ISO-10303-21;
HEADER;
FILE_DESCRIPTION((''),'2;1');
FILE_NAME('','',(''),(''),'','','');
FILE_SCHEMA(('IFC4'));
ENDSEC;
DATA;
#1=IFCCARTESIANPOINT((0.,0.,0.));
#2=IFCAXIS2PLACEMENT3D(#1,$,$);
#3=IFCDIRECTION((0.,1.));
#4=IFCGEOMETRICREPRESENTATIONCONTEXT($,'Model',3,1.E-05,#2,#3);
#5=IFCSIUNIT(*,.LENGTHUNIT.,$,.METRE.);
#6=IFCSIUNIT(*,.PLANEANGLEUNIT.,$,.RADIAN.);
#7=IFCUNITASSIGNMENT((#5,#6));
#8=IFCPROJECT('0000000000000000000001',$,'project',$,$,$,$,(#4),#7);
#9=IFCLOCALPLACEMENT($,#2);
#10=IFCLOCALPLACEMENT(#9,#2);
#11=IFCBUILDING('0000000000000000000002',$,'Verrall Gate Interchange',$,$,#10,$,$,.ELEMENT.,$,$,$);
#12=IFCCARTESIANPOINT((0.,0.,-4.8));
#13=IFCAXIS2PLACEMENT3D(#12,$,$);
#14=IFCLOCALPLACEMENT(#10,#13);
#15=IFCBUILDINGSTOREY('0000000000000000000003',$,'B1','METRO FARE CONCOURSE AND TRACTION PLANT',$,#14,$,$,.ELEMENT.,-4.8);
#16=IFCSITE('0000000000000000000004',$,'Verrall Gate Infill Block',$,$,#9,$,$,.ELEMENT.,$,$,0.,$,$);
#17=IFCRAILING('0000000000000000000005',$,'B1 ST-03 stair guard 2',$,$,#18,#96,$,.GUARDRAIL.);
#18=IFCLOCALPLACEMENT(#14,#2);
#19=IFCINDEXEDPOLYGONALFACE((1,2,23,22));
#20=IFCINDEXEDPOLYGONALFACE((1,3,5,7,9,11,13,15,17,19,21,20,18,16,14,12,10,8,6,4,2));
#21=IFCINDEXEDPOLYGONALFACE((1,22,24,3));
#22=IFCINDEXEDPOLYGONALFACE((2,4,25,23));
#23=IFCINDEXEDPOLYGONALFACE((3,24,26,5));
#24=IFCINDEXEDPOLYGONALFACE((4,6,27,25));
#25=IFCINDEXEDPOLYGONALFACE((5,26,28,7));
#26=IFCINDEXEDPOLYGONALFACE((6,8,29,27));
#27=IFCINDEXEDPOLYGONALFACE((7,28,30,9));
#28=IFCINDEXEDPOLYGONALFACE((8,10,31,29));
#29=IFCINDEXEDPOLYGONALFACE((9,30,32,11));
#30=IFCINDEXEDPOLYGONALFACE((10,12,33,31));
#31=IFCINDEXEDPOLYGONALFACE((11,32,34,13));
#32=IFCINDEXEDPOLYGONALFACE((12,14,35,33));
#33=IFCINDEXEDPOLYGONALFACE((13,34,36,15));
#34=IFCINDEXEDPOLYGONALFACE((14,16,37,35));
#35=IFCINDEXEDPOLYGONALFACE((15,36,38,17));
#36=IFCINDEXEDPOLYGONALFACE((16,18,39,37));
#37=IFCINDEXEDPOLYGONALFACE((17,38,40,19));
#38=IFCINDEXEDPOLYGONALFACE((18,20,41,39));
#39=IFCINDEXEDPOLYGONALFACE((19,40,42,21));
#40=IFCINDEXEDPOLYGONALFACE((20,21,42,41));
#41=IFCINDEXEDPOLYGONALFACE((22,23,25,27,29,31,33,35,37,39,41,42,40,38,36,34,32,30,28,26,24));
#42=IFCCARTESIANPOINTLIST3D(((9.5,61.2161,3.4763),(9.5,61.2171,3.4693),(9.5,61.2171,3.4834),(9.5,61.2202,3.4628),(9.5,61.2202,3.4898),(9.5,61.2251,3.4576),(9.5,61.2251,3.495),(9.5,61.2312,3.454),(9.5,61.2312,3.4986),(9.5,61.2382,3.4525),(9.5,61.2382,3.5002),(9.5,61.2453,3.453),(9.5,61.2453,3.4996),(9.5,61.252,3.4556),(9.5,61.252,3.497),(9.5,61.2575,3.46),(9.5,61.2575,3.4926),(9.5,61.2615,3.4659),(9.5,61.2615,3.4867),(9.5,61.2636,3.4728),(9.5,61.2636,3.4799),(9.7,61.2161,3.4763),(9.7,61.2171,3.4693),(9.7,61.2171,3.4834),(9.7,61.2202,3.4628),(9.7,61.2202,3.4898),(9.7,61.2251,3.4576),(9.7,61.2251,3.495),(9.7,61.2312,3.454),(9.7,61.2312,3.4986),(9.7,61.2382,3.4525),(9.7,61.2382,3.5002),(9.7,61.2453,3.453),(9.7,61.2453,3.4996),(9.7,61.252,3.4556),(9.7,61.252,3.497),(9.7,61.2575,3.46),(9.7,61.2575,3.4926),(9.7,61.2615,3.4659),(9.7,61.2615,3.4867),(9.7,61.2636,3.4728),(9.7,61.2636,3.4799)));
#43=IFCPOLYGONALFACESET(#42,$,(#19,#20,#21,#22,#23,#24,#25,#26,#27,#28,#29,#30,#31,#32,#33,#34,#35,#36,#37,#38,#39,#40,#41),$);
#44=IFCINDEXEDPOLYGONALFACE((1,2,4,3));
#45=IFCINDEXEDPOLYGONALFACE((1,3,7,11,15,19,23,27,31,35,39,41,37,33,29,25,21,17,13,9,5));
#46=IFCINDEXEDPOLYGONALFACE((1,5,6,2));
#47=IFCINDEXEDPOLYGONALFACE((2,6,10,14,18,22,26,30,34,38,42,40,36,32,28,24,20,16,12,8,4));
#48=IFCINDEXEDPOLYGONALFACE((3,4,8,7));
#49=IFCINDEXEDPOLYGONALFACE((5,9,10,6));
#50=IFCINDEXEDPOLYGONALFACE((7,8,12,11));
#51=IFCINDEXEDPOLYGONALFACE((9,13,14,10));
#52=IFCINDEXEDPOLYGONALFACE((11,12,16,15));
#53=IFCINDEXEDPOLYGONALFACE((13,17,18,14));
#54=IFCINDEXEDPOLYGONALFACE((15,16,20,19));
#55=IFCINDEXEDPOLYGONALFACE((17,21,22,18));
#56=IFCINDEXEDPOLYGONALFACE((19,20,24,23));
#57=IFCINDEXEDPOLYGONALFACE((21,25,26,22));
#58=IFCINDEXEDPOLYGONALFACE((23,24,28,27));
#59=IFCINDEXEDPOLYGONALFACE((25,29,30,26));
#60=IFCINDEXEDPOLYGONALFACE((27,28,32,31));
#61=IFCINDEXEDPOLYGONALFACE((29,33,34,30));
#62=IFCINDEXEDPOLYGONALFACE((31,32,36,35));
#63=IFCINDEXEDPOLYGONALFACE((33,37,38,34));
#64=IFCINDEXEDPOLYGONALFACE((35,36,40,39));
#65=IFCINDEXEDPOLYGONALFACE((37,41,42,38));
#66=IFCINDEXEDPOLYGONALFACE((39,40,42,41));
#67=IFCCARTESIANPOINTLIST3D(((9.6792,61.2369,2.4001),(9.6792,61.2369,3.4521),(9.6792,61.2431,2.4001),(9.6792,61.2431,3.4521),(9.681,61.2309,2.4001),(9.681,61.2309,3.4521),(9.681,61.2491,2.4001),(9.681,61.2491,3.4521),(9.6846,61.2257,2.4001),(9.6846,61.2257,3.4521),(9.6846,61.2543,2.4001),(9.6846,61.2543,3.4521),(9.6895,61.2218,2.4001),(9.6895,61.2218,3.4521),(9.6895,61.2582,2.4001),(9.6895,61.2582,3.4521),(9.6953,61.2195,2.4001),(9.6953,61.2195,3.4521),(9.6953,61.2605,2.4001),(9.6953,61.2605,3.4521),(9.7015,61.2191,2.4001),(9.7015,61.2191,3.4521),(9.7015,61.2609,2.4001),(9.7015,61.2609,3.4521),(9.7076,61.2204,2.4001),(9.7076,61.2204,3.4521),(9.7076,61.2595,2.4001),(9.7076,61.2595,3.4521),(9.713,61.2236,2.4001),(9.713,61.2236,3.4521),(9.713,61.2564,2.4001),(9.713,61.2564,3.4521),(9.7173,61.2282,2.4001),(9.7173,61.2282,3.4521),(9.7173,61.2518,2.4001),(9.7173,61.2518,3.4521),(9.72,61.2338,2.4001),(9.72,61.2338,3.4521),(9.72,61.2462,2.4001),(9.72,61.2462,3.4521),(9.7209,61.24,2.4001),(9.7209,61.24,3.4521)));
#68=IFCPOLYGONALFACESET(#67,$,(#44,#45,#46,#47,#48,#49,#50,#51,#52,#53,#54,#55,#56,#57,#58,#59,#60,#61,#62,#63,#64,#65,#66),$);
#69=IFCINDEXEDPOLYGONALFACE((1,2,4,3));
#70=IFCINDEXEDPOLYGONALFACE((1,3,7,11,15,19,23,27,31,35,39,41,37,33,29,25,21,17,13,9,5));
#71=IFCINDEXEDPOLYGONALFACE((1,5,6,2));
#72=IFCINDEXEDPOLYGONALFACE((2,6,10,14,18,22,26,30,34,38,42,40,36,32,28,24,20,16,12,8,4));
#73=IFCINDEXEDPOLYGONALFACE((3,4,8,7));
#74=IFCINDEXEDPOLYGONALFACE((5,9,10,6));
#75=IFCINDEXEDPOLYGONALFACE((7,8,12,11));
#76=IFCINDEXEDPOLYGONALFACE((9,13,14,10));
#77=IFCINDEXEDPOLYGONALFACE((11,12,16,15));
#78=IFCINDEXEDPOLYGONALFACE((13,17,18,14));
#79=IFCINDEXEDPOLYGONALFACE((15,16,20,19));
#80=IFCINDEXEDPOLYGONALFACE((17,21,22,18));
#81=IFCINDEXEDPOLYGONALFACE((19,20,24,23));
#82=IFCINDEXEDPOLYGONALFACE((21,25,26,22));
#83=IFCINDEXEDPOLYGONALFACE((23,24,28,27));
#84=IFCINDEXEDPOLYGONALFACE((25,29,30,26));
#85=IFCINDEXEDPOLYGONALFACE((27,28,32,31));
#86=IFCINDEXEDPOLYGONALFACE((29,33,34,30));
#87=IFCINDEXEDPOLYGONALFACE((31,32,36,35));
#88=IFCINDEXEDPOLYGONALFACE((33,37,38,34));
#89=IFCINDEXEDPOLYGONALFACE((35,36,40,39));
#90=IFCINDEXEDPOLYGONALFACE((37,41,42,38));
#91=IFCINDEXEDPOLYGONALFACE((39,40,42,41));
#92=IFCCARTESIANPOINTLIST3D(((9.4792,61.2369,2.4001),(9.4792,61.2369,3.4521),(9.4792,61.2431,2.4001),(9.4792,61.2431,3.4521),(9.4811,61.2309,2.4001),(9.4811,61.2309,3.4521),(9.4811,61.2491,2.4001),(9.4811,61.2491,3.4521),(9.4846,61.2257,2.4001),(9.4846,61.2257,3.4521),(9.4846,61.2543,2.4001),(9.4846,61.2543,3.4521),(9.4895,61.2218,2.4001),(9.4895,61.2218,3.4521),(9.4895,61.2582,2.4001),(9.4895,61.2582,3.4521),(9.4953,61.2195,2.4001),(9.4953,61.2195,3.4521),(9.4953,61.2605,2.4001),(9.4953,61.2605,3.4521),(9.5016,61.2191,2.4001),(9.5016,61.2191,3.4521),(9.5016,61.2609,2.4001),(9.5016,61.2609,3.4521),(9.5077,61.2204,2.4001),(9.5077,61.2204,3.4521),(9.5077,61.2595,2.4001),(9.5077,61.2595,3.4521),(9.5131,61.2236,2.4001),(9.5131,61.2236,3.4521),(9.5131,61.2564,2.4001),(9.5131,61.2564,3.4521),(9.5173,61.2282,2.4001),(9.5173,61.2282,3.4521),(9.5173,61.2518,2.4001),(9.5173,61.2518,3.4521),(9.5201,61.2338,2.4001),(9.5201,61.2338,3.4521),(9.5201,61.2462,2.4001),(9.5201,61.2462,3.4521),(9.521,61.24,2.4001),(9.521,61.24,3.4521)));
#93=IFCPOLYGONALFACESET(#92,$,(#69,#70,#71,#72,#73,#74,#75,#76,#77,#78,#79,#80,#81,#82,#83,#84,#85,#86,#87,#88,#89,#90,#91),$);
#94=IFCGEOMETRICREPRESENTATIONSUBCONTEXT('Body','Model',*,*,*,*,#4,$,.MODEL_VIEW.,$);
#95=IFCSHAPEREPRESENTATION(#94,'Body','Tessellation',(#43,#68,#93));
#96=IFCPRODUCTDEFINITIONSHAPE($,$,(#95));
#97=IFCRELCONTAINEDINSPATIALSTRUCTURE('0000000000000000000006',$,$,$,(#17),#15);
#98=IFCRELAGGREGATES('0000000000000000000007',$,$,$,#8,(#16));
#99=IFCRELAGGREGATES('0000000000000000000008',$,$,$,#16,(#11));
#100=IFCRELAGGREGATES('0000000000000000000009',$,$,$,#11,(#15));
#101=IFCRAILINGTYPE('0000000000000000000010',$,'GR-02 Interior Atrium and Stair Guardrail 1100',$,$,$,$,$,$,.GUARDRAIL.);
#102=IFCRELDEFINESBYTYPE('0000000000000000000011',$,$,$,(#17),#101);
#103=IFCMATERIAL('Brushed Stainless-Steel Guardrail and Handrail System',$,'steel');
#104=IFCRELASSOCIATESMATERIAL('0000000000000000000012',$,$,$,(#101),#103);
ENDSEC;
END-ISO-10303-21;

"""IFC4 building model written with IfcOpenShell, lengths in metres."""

from ifc_helpers import new_model, si_unit, direction, frame, origin, origin_2d, place, context, subcontext, project, spatial, circle, extrude, material, type_object, element, save


model = new_model("IFC4")

# Units and contexts
model_context = context("Model", 3, precision=1e-05, world=origin(), true_north=direction((0.0, 1.0)))
body_context = subcontext(model_context, "Body", "Model", "MODEL_VIEW")
ifc_project = project(units=[si_unit("LENGTHUNIT", "METRE"), si_unit("PLANEANGLEUNIT", "RADIAN")], contexts=[model_context])

# Site, building, storey
site_placement = place(None, origin())
site = spatial("IfcSite", under=ifc_project, at=site_placement, Name="Verrall Gate Infill Block", CompositionType="ELEMENT", RefElevation=0.0)
building_placement = place(site_placement, origin())
building = spatial("IfcBuilding", under=site, at=building_placement, Name="Verrall Gate Interchange", CompositionType="ELEMENT")
storey_placement = place(building_placement, frame((0.0, 0.0, -4.8)))
storey = spatial("IfcBuildingStorey", under=building, at=storey_placement, Name="B1", Description="METRO FARE CONCOURSE AND TRACTION PLANT", CompositionType="ELEMENT", Elevation=-4.8)

# Railing
ifc_material_1 = material(Name="Brushed Stainless-Steel Guardrail and Handrail System", Category="steel")
railing_type_1 = type_object("IfcRailingType", Name="GR-02 Interior Atrium and Stair Guardrail 1100", PredefinedType="GUARDRAIL", material=ifc_material_1)
railing_1_placement = place(storey_placement, frame((9.7, 61.24, 2.4001)))
element("IfcRailing", 1, at=railing_1_placement, inside=storey, type_object=railing_type_1, Name="B1 ST-03 stair guard 2", PredefinedType="GUARDRAIL", context=body_context, shape_type="SweptSolid", body=[
    extrude(circle(Radius=0.0239, at=origin_2d()), frame((0.0, 0.0, 1.0762), z_axis=(-1.0, 0.0, 0.0), x_axis=(0.0, -1.0, 0.0)), (0.0, 0.0, 1.0), 0.2),
    extrude(circle(Radius=0.021, at=origin_2d()), origin(), (0.0, 0.0, 1.0), 1.052),
    extrude(circle(Radius=0.021, at=origin_2d()), frame((-0.2, 0.0, 0.0)), (0.0, 0.0, 1.0), 1.052),
])

save(model, "model.ifc")
